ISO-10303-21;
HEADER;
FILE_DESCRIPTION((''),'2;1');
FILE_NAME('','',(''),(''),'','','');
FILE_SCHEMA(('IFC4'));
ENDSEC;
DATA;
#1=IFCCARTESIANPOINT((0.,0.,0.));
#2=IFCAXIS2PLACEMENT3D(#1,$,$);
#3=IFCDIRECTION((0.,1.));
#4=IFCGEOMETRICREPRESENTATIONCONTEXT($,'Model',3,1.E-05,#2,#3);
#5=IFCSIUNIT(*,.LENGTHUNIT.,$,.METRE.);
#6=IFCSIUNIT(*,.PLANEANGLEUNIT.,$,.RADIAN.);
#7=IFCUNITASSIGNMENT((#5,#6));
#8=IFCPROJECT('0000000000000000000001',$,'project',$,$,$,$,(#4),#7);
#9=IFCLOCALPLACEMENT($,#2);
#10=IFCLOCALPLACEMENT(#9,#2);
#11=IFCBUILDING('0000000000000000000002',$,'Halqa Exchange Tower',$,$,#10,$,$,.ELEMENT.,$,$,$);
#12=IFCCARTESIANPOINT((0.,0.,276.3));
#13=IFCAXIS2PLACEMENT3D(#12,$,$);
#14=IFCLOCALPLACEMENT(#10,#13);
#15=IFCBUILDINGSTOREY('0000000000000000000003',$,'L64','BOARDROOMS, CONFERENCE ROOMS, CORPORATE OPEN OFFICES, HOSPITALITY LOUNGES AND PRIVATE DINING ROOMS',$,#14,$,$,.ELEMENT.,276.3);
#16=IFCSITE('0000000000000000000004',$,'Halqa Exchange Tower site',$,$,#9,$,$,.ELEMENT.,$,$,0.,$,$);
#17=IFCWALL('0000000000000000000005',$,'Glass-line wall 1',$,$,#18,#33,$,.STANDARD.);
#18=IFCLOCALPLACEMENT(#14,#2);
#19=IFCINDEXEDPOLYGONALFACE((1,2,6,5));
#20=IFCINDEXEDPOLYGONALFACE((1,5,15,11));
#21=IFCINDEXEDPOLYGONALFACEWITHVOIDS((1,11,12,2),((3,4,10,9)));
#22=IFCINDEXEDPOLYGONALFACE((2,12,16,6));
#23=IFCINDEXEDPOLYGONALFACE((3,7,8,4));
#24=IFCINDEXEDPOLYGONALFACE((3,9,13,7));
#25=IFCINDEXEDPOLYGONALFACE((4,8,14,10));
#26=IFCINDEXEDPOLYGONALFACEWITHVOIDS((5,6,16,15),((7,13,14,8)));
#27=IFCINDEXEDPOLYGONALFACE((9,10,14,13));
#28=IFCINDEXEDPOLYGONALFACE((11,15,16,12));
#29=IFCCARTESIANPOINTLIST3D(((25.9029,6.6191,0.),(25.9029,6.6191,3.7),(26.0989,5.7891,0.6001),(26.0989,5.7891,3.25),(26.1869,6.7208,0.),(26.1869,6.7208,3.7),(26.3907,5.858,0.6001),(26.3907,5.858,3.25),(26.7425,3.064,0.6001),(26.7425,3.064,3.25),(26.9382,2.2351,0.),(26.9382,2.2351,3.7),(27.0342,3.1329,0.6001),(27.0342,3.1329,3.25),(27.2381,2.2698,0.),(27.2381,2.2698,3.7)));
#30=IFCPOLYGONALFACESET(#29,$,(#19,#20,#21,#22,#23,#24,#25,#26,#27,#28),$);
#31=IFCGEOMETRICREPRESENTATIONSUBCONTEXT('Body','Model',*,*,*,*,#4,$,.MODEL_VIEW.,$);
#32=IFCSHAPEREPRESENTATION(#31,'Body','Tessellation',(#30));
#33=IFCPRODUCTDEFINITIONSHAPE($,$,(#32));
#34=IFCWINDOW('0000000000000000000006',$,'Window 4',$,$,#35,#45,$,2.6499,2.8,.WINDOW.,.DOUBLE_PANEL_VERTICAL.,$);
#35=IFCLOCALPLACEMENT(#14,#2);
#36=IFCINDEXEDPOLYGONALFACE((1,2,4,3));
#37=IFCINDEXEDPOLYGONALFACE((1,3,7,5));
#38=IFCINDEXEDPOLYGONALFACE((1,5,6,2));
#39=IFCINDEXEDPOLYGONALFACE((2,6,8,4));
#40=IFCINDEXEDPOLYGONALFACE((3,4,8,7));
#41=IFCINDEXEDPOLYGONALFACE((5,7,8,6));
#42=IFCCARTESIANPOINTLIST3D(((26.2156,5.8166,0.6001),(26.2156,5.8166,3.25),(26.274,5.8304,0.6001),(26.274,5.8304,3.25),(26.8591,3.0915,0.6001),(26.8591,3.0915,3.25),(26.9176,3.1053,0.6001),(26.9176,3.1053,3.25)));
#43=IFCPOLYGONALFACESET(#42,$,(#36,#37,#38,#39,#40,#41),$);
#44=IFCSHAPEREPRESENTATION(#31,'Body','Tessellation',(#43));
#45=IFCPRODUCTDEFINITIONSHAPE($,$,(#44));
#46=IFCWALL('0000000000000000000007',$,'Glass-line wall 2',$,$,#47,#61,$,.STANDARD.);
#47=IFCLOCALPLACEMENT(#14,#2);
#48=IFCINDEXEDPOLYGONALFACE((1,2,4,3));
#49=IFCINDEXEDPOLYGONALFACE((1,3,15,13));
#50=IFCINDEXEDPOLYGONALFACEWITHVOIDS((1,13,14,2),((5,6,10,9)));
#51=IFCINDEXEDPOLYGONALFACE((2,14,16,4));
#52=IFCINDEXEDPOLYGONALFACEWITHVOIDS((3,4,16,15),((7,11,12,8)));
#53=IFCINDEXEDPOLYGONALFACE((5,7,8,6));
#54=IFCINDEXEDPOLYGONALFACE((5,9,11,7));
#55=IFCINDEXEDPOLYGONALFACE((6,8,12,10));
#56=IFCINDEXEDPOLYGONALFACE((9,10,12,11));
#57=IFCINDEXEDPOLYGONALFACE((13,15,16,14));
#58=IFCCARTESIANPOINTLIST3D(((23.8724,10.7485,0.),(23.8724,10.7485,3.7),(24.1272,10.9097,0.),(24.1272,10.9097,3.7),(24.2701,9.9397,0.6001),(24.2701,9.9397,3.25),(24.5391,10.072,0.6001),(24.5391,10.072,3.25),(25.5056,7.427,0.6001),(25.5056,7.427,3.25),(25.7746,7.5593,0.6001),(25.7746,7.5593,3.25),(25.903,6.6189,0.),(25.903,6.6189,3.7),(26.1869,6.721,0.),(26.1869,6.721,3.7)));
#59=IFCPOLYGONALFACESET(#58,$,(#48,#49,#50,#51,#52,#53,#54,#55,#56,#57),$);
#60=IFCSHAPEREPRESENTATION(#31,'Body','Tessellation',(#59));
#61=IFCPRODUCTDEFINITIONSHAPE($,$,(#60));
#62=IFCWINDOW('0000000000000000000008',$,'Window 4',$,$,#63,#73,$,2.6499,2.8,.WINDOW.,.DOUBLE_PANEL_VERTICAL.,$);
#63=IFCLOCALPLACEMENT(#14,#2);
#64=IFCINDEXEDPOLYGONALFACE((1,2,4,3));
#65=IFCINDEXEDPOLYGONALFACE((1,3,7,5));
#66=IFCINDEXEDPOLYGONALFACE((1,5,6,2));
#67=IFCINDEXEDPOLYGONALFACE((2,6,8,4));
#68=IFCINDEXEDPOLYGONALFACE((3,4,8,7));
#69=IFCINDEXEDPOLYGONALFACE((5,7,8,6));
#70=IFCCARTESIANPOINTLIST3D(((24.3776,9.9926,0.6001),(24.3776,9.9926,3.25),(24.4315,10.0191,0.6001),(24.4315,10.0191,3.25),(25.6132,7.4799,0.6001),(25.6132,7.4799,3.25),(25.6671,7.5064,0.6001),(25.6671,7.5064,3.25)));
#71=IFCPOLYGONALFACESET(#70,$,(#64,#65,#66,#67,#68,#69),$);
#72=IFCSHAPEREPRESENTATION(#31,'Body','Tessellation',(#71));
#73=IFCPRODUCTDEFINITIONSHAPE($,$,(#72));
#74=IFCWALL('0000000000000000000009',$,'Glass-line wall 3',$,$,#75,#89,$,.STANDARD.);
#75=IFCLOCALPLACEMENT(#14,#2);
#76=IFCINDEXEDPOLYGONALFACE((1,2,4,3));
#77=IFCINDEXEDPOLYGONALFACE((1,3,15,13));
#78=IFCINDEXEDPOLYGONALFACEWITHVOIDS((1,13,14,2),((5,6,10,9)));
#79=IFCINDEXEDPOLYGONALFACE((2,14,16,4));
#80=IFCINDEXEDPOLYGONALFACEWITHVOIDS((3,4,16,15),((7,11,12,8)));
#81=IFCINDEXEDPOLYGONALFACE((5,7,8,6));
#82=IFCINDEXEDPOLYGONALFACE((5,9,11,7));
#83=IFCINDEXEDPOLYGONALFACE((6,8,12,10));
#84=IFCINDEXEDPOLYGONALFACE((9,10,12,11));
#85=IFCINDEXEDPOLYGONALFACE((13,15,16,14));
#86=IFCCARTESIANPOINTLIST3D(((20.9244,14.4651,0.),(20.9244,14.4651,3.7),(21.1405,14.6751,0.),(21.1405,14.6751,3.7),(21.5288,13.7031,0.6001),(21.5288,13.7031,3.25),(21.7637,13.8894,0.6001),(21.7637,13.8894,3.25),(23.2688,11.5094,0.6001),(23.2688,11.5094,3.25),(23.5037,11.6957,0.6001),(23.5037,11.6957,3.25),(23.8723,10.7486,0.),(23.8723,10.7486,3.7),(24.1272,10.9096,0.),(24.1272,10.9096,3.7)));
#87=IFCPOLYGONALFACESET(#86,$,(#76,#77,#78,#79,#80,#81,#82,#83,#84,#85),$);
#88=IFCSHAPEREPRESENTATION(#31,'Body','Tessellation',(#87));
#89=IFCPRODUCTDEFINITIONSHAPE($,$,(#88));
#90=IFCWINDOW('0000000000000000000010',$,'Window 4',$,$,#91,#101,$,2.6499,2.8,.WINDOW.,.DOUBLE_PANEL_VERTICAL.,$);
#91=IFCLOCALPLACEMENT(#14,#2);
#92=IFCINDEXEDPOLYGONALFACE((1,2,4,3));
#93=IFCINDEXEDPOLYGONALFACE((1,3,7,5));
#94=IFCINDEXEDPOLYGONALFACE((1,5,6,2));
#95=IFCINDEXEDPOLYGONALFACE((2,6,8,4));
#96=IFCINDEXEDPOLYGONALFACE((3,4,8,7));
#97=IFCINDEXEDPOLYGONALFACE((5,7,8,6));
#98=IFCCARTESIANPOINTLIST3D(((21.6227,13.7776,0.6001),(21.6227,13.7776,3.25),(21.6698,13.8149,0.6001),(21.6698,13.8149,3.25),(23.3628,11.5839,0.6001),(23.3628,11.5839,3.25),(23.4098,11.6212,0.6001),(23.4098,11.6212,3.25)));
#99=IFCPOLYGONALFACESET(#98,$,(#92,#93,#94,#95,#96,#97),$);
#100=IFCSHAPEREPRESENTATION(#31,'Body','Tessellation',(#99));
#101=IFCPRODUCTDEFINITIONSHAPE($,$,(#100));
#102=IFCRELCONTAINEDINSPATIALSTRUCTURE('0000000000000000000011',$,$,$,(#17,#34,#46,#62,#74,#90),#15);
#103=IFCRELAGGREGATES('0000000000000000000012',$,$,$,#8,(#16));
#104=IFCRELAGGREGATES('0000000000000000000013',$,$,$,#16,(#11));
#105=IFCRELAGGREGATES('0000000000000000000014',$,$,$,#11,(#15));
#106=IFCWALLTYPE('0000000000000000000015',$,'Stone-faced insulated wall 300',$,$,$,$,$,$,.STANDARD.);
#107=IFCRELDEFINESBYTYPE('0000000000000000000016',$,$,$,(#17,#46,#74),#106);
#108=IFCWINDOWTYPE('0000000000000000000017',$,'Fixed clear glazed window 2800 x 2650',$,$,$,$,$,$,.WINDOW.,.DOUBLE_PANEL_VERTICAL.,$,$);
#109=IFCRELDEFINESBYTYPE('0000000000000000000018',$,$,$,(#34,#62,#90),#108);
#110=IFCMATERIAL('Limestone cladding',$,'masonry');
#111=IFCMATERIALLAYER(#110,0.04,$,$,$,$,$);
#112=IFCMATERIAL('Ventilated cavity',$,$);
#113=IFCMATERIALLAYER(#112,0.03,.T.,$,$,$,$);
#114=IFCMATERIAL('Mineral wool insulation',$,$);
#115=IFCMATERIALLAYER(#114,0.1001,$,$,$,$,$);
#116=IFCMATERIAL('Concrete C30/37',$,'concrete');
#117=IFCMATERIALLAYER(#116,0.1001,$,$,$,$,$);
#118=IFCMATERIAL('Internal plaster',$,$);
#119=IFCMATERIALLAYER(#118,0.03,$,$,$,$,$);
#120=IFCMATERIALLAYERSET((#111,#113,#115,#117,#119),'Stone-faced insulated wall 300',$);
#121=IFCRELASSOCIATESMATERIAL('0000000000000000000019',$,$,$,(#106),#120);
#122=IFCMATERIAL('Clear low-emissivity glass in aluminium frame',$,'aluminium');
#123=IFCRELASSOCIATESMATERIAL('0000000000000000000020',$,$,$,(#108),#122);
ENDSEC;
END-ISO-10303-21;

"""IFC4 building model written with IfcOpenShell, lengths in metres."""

from ifc_helpers import new_model, si_unit, direction, frame, frame_2d, origin, place, context, subcontext, project, spatial, polyline, rectangle, outline, extrude, material, layer, layer_set, type_object, element, fill, save


model = new_model("IFC4")

# Units and contexts
model_context = context("Model", 3, precision=1e-05, world=origin(), true_north=direction((0.0, 1.0)))
body_context = subcontext(model_context, "Body", "Model", "MODEL_VIEW")
ifc_project = project(units=[si_unit("LENGTHUNIT", "METRE"), si_unit("PLANEANGLEUNIT", "RADIAN")], contexts=[model_context])

# Site, building, storey
site_placement = place(None, origin())
site = spatial("IfcSite", under=ifc_project, at=site_placement, Name="Halqa Exchange Tower site", CompositionType="ELEMENT", RefElevation=0.0)
building_placement = place(site_placement, origin())
building = spatial("IfcBuilding", under=site, at=building_placement, Name="Halqa Exchange Tower", CompositionType="ELEMENT")
storey_placement = place(building_placement, frame((0.0, 0.0, 276.3)))
storey = spatial("IfcBuildingStorey", under=building, at=storey_placement, Name="L64", Description="BOARDROOMS, CONFERENCE ROOMS, CORPORATE OPEN OFFICES, HOSPITALITY LOUNGES AND PRIVATE DINING ROOMS", CompositionType="ELEMENT", Elevation=276.3)

# Walls, openings, windows
ifc_material_1 = material(Name="Limestone cladding", Category="masonry")
ifc_layer_1 = layer(ifc_material_1, 0.04)
ifc_material_2 = material(Name="Ventilated cavity")
ifc_layer_2 = layer(ifc_material_2, 0.03, ventilated=True)
ifc_material_3 = material(Name="Mineral wool insulation")
ifc_layer_3 = layer(ifc_material_3, 0.1001)
ifc_material_4 = material(Name="Concrete C30/37", Category="concrete")
ifc_layer_4 = layer(ifc_material_4, 0.1001)
ifc_material_5 = material(Name="Internal plaster")
ifc_layer_5 = layer(ifc_material_5, 0.03)
ifc_layer_set_1 = layer_set([ifc_layer_1, ifc_layer_2, ifc_layer_3, ifc_layer_4, ifc_layer_5], Name="Stone-faced insulated wall 300")
wall_type_1 = type_object("IfcWallType", Name="Stone-faced insulated wall 300", PredefinedType="STANDARD", material=ifc_layer_set_1)
wall_1_placement = place(storey_placement, frame((27.0881, 2.2524, 0.0), z_axis=(0.0, 0.0, 1.0), x_axis=(-0.229834, 0.97323, 0.0)))
wall_1 = element("IfcWall", 1, at=wall_1_placement, inside=storey, type_object=wall_type_1, Name="Glass-line wall 1", PredefinedType="STANDARD", context=body_context, shape_type="SweptSolid", body=[
    extrude(outline(polyline([(-0.0176, -0.1499), (4.5559, -0.1499), (4.5222, 0.1499), (0.0176, 0.1499), (-0.0176, -0.1499)])), origin(), (0.0, 0.0, 1.0), 3.7),
])
opening_1_placement = place(wall_1_placement, frame((0.8694, 0.0, 0.6001)))
opening_1 = element("IfcOpeningElement", 2, at=opening_1_placement, cuts=wall_1, PredefinedType="OPENING", context=body_context, shape_type="SweptSolid", body=[
    extrude(rectangle(XDim=2.8, YDim=2.6499, at=frame_2d((1.3999, 1.325))), frame((0.0, 0.1621, 0.0), z_axis=(0.0, -1.0, 0.0), x_axis=(1.0, 0.0, 0.0)), (0.0, 0.0, 1.0), 0.324),
])
ifc_material_6 = material(Name="Clear low-emissivity glass in aluminium frame", Category="aluminium")
window_type = type_object("IfcWindowType", Name="Fixed clear glazed window 2800 x 2650", PartitioningType="DOUBLE_PANEL_VERTICAL", PredefinedType="WINDOW", material=ifc_material_6)
window_1_placement = place(opening_1_placement, origin())
window_1 = element("IfcWindow", 3, at=window_1_placement, inside=storey, type_object=window_type, Name="Window 4", OverallHeight=2.6499, OverallWidth=2.8, PartitioningType="DOUBLE_PANEL_VERTICAL", PredefinedType="WINDOW", context=body_context, shape_type="SweptSolid", body=[
    extrude(rectangle(XDim=2.8, YDim=2.6499, at=frame_2d((1.3999, 1.325))), frame((0.0, 0.03, 0.0), z_axis=(0.0, -1.0, 0.0), x_axis=(1.0, 0.0, 0.0)), (0.0, 0.0, 1.0), 0.0601),
])
fill(opening_1, window_1)
wall_2_placement = place(storey_placement, frame((26.0449, 6.6699, 0.0), z_axis=(0.0, 0.0, 1.0), x_axis=(-0.441262, 0.897378, 0.0)))
wall_2 = element("IfcWall", 4, at=wall_2_placement, inside=storey, type_object=wall_type_1, Name="Glass-line wall 2", PredefinedType="STANDARD", context=body_context, shape_type="SweptSolid", body=[
    extrude(outline(polyline([(-0.0168, -0.1499), (4.6509, -0.1499), (4.6187, 0.1499), (0.0168, 0.1499), (-0.0168, -0.1499)])), origin(), (0.0, 0.0, 1.0), 3.7),
])
opening_2_placement = place(wall_2_placement, frame((0.9175, 0.0, 0.6001)))
opening_2 = element("IfcOpeningElement", 5, at=opening_2_placement, cuts=wall_2, PredefinedType="OPENING", context=body_context, shape_type="SweptSolid", body=[
    extrude(rectangle(XDim=2.8, YDim=2.6499, at=frame_2d((1.3999, 1.325))), frame((0.0, 0.1621, 0.0), z_axis=(0.0, -1.0, 0.0), x_axis=(1.0, 0.0, 0.0)), (0.0, 0.0, 1.0), 0.324),
])
window_2_placement = place(opening_2_placement, origin())
window_2 = element("IfcWindow", 6, at=window_2_placement, inside=storey, type_object=window_type, Name="Window 4", OverallHeight=2.6499, OverallWidth=2.8, PartitioningType="DOUBLE_PANEL_VERTICAL", PredefinedType="WINDOW", context=body_context, shape_type="SweptSolid", body=[
    extrude(rectangle(XDim=2.8, YDim=2.6499, at=frame_2d((1.3999, 1.325))), frame((0.0, 0.03, 0.0), z_axis=(0.0, -1.0, 0.0), x_axis=(1.0, 0.0, 0.0)), (0.0, 0.0, 1.0), 0.0601),
])
fill(opening_2, window_2)
wall_3_placement = place(storey_placement, frame((23.9998, 10.8291, 0.0), z_axis=(0.0, 0.0, 1.0), x_axis=(-0.621435, 0.783466, 0.0)))
wall_3 = element("IfcWall", 7, at=wall_3_placement, inside=storey, type_object=wall_type_1, Name="Glass-line wall 3", PredefinedType="STANDARD", context=body_context, shape_type="SweptSolid", body=[
    extrude(outline(polyline([(-0.0161, -0.1499), (4.79, -0.1499), (4.7598, 0.1499), (0.0161, 0.1499), (-0.0161, -0.1499)])), origin(), (0.0, 0.0, 1.0), 3.7),
])
opening_3_placement = place(wall_3_placement, frame((0.9873, 0.0, 0.6001)))
opening_3 = element("IfcOpeningElement", 8, at=opening_3_placement, cuts=wall_3, PredefinedType="OPENING", context=body_context, shape_type="SweptSolid", body=[
    extrude(rectangle(XDim=2.8, YDim=2.6499, at=frame_2d((1.3999, 1.325))), frame((0.0, 0.1621, 0.0), z_axis=(0.0, -1.0, 0.0), x_axis=(1.0, 0.0, 0.0)), (0.0, 0.0, 1.0), 0.324),
])
window_3_placement = place(opening_3_placement, origin())
window_3 = element("IfcWindow", 9, at=window_3_placement, inside=storey, type_object=window_type, Name="Window 4", OverallHeight=2.6499, OverallWidth=2.8, PartitioningType="DOUBLE_PANEL_VERTICAL", PredefinedType="WINDOW", context=body_context, shape_type="SweptSolid", body=[
    extrude(rectangle(XDim=2.8, YDim=2.6499, at=frame_2d((1.3999, 1.325))), frame((0.0, 0.03, 0.0), z_axis=(0.0, -1.0, 0.0), x_axis=(1.0, 0.0, 0.0)), (0.0, 0.0, 1.0), 0.0601),
])
fill(opening_3, window_3)

save(model, "model.ifc")
